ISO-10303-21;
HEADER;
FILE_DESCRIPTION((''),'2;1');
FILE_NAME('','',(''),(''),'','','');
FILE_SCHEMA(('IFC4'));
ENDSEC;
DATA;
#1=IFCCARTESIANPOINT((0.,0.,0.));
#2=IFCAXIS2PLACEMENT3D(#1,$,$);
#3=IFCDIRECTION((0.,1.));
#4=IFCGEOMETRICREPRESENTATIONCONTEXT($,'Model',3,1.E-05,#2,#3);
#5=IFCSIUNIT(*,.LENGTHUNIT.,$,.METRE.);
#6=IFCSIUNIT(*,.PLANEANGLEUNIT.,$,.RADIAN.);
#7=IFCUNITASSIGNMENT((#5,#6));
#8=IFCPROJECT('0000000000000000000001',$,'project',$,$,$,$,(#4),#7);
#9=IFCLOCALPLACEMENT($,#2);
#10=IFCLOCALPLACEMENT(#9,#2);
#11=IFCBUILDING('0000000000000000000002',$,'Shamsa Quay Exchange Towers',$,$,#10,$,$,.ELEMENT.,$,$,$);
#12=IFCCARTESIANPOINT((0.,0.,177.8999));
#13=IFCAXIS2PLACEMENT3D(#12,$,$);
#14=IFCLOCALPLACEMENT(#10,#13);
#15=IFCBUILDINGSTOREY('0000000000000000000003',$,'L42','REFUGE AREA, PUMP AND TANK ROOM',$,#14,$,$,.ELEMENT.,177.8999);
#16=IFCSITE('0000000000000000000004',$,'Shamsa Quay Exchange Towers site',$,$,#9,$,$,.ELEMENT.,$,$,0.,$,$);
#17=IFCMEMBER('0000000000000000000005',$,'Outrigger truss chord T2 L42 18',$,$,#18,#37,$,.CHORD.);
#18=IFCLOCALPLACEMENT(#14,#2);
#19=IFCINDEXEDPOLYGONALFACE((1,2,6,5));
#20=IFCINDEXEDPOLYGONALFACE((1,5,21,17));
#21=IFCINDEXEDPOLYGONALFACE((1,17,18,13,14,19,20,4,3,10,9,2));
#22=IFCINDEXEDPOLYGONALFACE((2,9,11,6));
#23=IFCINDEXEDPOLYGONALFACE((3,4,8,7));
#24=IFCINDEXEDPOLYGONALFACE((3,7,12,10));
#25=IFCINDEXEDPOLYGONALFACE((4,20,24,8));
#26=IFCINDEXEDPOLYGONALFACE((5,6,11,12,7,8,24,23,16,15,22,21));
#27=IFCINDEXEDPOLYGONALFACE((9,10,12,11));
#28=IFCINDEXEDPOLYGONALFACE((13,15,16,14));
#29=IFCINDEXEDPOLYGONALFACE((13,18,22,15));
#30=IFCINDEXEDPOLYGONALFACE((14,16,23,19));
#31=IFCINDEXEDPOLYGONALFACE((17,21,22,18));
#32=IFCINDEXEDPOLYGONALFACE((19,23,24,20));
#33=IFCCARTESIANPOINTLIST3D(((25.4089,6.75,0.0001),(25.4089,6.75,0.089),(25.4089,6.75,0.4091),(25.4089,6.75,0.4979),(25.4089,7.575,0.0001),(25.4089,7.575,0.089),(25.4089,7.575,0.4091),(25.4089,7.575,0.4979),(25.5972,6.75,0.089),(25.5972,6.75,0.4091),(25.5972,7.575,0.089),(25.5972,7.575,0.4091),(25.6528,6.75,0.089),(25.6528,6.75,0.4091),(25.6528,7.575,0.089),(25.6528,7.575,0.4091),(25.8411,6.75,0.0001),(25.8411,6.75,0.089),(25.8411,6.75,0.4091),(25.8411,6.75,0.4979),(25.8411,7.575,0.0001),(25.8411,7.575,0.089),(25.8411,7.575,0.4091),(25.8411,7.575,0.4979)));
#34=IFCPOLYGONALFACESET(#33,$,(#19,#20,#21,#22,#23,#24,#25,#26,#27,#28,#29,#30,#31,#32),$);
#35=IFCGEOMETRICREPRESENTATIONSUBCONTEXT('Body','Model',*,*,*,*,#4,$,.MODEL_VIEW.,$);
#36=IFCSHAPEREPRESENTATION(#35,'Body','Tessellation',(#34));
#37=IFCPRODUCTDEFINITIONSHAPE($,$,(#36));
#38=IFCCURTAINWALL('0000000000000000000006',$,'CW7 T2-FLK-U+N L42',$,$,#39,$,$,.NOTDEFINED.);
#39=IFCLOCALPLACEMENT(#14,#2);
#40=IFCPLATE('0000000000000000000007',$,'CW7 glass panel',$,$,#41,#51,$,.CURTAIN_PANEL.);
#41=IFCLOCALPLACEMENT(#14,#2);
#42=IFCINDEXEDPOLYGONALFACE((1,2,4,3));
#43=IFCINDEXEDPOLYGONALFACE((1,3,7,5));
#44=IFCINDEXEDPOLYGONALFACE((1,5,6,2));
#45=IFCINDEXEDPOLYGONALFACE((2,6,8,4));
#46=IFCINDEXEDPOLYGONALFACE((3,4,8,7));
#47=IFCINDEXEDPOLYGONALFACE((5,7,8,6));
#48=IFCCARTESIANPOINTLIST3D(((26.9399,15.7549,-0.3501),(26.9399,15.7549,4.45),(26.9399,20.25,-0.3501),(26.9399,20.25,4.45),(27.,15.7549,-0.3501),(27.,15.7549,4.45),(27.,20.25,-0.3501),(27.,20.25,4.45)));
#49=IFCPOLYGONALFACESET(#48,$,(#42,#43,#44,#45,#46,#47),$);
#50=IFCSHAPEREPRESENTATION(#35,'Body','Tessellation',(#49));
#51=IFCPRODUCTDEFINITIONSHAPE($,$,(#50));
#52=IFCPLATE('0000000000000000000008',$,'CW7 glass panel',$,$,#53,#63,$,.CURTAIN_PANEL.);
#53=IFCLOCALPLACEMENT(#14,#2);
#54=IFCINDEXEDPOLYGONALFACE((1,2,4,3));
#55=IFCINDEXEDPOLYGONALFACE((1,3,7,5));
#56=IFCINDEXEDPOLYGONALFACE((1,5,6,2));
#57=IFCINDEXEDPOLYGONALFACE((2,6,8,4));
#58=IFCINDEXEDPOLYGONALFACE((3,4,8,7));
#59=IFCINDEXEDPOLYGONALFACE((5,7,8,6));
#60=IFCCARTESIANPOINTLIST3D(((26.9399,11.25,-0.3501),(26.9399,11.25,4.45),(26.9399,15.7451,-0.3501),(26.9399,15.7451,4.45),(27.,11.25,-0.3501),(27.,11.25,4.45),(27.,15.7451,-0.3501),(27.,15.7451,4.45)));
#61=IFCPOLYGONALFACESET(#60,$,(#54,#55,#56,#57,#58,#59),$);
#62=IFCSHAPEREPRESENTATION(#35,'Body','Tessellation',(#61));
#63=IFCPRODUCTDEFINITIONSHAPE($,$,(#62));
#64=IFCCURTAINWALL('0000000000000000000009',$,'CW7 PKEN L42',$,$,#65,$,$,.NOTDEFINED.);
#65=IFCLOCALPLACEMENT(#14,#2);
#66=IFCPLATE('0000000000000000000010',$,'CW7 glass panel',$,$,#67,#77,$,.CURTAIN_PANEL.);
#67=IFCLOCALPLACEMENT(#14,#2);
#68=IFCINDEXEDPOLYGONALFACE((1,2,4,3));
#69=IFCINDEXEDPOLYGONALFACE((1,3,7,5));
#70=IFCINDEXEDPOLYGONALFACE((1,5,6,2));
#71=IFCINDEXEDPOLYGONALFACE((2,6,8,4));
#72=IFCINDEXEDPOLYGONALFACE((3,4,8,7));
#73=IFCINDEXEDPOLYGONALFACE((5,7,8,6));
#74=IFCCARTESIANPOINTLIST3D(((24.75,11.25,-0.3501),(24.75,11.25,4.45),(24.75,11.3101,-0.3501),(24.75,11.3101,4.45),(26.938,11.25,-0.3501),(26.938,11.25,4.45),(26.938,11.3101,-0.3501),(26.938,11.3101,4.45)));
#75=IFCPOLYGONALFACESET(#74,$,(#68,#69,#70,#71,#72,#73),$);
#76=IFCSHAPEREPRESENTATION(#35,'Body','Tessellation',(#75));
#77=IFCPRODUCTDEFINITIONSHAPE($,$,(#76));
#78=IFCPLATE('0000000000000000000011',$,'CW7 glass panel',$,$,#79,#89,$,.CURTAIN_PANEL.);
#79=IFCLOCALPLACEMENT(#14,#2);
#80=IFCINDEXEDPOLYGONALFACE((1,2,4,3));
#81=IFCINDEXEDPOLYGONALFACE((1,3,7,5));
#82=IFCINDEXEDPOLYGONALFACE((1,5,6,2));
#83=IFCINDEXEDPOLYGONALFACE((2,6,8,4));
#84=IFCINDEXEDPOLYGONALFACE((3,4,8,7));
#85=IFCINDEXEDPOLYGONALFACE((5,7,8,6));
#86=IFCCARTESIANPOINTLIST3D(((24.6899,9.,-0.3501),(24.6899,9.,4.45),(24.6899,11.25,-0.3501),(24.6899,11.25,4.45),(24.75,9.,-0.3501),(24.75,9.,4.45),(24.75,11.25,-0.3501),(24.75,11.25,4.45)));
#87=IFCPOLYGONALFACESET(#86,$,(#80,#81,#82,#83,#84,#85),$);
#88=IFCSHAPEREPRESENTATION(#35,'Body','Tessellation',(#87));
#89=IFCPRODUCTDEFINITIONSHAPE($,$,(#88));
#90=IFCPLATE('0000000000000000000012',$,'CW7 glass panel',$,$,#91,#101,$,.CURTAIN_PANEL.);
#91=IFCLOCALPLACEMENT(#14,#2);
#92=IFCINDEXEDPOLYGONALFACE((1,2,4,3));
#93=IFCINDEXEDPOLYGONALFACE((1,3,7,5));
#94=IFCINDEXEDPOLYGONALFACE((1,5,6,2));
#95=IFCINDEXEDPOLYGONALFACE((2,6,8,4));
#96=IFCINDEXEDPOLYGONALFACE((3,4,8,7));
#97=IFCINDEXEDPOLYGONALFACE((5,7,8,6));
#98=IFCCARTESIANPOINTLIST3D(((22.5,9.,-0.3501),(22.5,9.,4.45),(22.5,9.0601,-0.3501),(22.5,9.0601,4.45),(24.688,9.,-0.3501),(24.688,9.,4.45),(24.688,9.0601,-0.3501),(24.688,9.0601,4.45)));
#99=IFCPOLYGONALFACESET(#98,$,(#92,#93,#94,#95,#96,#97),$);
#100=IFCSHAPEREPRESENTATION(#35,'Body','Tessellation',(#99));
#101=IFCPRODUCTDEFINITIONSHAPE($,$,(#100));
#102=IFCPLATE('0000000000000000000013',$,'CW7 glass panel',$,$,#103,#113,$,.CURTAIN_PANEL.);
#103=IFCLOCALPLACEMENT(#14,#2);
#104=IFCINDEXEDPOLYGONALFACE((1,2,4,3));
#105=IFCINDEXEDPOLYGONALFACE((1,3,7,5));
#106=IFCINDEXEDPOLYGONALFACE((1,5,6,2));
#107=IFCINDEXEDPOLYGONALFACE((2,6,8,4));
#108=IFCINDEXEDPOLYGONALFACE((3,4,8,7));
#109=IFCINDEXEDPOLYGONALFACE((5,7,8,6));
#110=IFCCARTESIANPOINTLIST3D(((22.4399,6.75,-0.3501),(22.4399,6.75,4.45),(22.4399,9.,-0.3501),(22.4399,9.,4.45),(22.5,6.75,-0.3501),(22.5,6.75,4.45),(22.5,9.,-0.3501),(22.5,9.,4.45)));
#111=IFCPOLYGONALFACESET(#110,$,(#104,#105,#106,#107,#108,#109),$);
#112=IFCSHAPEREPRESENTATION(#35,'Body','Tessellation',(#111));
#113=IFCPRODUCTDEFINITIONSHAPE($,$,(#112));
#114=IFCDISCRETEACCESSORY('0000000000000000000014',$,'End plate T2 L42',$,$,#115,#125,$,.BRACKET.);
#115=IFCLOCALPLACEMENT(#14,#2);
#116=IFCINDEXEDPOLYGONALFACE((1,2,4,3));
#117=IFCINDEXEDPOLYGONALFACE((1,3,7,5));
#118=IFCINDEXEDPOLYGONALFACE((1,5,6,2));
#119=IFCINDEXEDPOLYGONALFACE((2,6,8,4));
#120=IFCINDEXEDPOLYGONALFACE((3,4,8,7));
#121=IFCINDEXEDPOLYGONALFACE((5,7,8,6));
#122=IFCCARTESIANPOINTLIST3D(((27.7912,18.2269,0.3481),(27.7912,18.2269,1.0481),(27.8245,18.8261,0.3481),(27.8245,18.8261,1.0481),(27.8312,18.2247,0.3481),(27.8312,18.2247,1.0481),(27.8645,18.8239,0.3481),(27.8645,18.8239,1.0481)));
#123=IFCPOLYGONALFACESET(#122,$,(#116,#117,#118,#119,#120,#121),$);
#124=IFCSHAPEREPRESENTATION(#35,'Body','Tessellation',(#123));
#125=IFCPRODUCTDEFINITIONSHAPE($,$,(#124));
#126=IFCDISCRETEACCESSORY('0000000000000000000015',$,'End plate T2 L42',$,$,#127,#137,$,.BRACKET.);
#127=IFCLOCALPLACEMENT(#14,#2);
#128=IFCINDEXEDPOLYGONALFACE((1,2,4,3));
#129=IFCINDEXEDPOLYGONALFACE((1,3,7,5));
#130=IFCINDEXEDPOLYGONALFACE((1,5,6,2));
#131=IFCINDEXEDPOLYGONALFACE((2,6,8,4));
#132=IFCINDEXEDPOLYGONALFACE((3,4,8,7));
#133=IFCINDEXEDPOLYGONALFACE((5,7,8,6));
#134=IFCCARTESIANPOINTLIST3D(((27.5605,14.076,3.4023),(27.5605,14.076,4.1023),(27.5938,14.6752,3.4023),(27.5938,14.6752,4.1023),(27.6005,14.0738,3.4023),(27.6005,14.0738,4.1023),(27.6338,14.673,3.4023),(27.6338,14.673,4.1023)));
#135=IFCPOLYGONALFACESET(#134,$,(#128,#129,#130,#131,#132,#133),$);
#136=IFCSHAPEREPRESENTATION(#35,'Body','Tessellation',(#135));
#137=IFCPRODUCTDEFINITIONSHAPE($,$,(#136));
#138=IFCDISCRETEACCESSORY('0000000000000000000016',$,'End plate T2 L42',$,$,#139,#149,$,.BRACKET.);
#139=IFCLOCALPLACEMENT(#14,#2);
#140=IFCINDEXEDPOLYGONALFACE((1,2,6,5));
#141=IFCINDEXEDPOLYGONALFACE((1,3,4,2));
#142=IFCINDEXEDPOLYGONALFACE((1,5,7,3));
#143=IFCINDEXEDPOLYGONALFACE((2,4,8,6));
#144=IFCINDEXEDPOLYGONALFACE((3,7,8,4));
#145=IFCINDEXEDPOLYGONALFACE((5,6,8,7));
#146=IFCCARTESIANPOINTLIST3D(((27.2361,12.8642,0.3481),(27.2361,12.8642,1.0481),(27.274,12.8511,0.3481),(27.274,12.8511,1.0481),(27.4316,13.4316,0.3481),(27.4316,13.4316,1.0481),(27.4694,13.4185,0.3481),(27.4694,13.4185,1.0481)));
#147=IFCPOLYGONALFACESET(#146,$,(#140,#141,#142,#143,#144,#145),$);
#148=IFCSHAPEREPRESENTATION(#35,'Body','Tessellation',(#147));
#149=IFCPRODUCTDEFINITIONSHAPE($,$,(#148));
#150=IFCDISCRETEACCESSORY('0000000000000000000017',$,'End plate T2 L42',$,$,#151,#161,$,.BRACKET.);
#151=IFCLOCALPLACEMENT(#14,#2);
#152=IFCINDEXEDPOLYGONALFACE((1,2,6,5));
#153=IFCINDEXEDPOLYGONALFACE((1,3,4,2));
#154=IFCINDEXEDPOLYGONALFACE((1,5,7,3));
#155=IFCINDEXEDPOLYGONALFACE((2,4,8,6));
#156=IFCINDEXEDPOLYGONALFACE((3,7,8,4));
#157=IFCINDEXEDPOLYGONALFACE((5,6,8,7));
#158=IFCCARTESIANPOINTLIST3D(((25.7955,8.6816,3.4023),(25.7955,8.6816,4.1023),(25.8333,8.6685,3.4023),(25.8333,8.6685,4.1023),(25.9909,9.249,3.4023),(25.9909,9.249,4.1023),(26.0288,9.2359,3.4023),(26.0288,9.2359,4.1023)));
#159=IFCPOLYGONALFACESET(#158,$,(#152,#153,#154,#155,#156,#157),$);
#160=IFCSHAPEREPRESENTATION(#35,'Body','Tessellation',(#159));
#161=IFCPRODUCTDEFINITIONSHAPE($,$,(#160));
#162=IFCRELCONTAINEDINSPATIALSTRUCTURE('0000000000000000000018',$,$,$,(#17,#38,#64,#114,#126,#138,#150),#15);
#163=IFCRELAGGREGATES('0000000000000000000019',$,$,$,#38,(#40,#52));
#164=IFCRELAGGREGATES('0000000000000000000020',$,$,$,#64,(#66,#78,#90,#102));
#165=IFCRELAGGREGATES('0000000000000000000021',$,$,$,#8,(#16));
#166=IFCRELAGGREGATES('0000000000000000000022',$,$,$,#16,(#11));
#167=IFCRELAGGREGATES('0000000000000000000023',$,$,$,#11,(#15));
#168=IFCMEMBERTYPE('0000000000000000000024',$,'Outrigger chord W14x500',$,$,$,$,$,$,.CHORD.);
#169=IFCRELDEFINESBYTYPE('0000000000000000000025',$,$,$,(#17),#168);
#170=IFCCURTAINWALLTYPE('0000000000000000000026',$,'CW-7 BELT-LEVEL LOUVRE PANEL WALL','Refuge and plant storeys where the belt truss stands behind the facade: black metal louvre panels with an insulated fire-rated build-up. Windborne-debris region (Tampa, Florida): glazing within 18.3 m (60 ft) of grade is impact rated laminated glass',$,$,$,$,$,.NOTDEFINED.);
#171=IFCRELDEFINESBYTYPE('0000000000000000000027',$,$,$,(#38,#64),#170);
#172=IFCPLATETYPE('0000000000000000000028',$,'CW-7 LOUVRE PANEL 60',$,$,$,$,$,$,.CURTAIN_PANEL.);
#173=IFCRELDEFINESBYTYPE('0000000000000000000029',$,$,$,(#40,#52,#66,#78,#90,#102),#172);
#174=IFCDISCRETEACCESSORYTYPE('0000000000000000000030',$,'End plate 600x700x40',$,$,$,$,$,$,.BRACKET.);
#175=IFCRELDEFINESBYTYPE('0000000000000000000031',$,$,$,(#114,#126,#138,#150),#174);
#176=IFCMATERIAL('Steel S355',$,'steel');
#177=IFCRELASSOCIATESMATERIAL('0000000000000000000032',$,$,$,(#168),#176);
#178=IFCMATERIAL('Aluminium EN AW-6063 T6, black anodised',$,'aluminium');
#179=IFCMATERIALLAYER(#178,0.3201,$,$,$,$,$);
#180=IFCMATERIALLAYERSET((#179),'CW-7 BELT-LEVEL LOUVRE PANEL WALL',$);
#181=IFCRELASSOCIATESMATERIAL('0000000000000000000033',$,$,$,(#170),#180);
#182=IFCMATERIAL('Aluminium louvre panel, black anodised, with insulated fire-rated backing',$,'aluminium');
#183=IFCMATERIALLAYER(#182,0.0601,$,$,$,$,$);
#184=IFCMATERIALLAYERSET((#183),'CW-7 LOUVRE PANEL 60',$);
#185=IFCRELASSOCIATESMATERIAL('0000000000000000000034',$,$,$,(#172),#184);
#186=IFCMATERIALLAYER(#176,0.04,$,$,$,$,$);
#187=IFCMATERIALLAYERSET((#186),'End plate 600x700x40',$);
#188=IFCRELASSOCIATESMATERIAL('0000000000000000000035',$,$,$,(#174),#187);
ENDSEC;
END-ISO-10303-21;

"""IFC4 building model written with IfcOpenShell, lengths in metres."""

from ifc_helpers import new_model, si_unit, direction, frame, origin, origin_2d, place, context, subcontext, project, spatial, rectangle, i_section, extrude, material, layer, layer_set, material_profile, profile_set, type_object, element, aggregate, save


model = new_model("IFC4")

# Units and contexts
model_context = context("Model", 3, precision=1e-05, world=origin(), true_north=direction((0.0, 1.0)))
body_context = subcontext(model_context, "Body", "Model", "MODEL_VIEW")
ifc_project = project(units=[si_unit("LENGTHUNIT", "METRE"), si_unit("PLANEANGLEUNIT", "RADIAN")], contexts=[model_context])

# Site, building, storey
site_placement = place(None, origin())
site = spatial("IfcSite", under=ifc_project, at=site_placement, Name="Shamsa Quay Exchange Towers site", CompositionType="ELEMENT", RefElevation=0.0)
building_placement = place(site_placement, origin())
building = spatial("IfcBuilding", under=site, at=building_placement, Name="Shamsa Quay Exchange Towers", CompositionType="ELEMENT")
storey_placement = place(building_placement, frame((0.0, 0.0, 177.8999)))
storey = spatial("IfcBuildingStorey", under=building, at=storey_placement, Name="L42", Description="REFUGE AREA, PUMP AND TANK ROOM", CompositionType="ELEMENT", Elevation=177.8999)

# Member
ifc_material_1 = material(Name="Steel S355", Category="steel")
ifc_material_profile_1 = material_profile(ifc_material_1, i_section(OverallWidth=0.4321, OverallDepth=0.4978, WebThickness=0.0557, FlangeThickness=0.0889, at=origin_2d()), Name="W14x500")
ifc_profile_set_1 = profile_set([ifc_material_profile_1], Name="Steel S355")
member_type_1 = type_object("IfcMemberType", Name="Outrigger chord W14x500", PredefinedType="CHORD", material=ifc_profile_set_1)
member_1_placement = place(storey_placement, frame((25.625, 7.575, 0.249), z_axis=(0.0, -1.0, 0.0), x_axis=(1.0, 0.0, 0.0)))
element("IfcMember", 1, at=member_1_placement, inside=storey, type_object=member_type_1, Name="Outrigger truss chord T2 L42 18", PredefinedType="CHORD", context=body_context, shape_type="SweptSolid", body=[
    extrude(i_section(OverallWidth=0.4321, OverallDepth=0.4978, WebThickness=0.0557, FlangeThickness=0.0889, at=origin_2d()), origin(), (0.0, 0.0, 1.0), 0.825),
])

# Curtain walls, plates
ifc_material_2 = material(Name="Aluminium EN AW-6063 T6, black anodised", Category="aluminium")
ifc_layer_1 = layer(ifc_material_2, 0.3201)
ifc_layer_set_1 = layer_set([ifc_layer_1], Name="CW-7 BELT-LEVEL LOUVRE PANEL WALL")
curtain_wall_type = type_object("IfcCurtainWallType", Name="CW-7 BELT-LEVEL LOUVRE PANEL WALL", Description="Refuge and plant storeys where the belt truss stands behind the facade: black metal louvre panels with an insulated fire-rated build-up. Windborne-debris region (Tampa, Florida): glazing within 18.3 m (60 ft) of grade is impact rated laminated glass", PredefinedType="NOTDEFINED", material=ifc_layer_set_1)
curtain_wall_1_placement = place(storey_placement, origin())
curtain_wall_1 = element("IfcCurtainWall", 2, at=curtain_wall_1_placement, inside=storey, type_object=curtain_wall_type, Name="CW7 T2-FLK-U+N L42", PredefinedType="NOTDEFINED")
ifc_material_3 = material(Name="Aluminium louvre panel, black anodised, with insulated fire-rated backing", Category="aluminium")
ifc_layer_2 = layer(ifc_material_3, 0.0601)
ifc_layer_set_2 = layer_set([ifc_layer_2], Name="CW-7 LOUVRE PANEL 60")
plate_type = type_object("IfcPlateType", Name="CW-7 LOUVRE PANEL 60", PredefinedType="CURTAIN_PANEL", material=ifc_layer_set_2)
plate_1_placement = place(storey_placement, frame((26.97, 18.0024, -0.3501), z_axis=(0.0, 0.0, 1.0), x_axis=(0.0, -1.0, 0.0)))
plate_1 = element("IfcPlate", 3, at=plate_1_placement, type_object=plate_type, Name="CW7 glass panel", PredefinedType="CURTAIN_PANEL", context=body_context, shape_type="SweptSolid", body=[
    extrude(rectangle(XDim=4.4951, YDim=0.0601, at=origin_2d()), origin(), (0.0, 0.0, 1.0), 4.8),
])
plate_2_placement = place(storey_placement, frame((26.97, 13.4976, -0.3501), z_axis=(0.0, 0.0, 1.0), x_axis=(0.0, -1.0, 0.0)))
plate_2 = element("IfcPlate", 4, at=plate_2_placement, type_object=plate_type, Name="CW7 glass panel", PredefinedType="CURTAIN_PANEL", context=body_context, shape_type="SweptSolid", body=[
    extrude(rectangle(XDim=4.4951, YDim=0.0601, at=origin_2d()), origin(), (0.0, 0.0, 1.0), 4.8),
])
aggregate(curtain_wall_1, [plate_1, plate_2])
curtain_wall_2_placement = place(storey_placement, origin())
curtain_wall_2 = element("IfcCurtainWall", 5, at=curtain_wall_2_placement, inside=storey, type_object=curtain_wall_type, Name="CW7 PKEN L42", PredefinedType="NOTDEFINED")
plate_3_placement = place(storey_placement, frame((25.844, 11.28, -0.3501), z_axis=(0.0, 0.0, 1.0), x_axis=(-1.0, 0.0, 0.0)))
plate_3 = element("IfcPlate", 6, at=plate_3_placement, type_object=plate_type, Name="CW7 glass panel", PredefinedType="CURTAIN_PANEL", context=body_context, shape_type="SweptSolid", body=[
    extrude(rectangle(XDim=2.188, YDim=0.0601, at=origin_2d()), origin(), (0.0, 0.0, 1.0), 4.8),
])
plate_4_placement = place(storey_placement, frame((24.72, 10.125, -0.3501), z_axis=(0.0, 0.0, 1.0), x_axis=(0.0, -1.0, 0.0)))
plate_4 = element("IfcPlate", 7, at=plate_4_placement, type_object=plate_type, Name="CW7 glass panel", PredefinedType="CURTAIN_PANEL", context=body_context, shape_type="SweptSolid", body=[
    extrude(rectangle(XDim=2.25, YDim=0.0601, at=origin_2d()), origin(), (0.0, 0.0, 1.0), 4.8),
])
plate_5_placement = place(storey_placement, frame((23.594, 9.03, -0.3501), z_axis=(0.0, 0.0, 1.0), x_axis=(-1.0, 0.0, 0.0)))
plate_5 = element("IfcPlate", 8, at=plate_5_placement, type_object=plate_type, Name="CW7 glass panel", PredefinedType="CURTAIN_PANEL", context=body_context, shape_type="SweptSolid", body=[
    extrude(rectangle(XDim=2.188, YDim=0.0601, at=origin_2d()), origin(), (0.0, 0.0, 1.0), 4.8),
])
plate_6_placement = place(storey_placement, frame((22.47, 7.875, -0.3501), z_axis=(0.0, 0.0, 1.0), x_axis=(0.0, -1.0, 0.0)))
plate_6 = element("IfcPlate", 9, at=plate_6_placement, type_object=plate_type, Name="CW7 glass panel", PredefinedType="CURTAIN_PANEL", context=body_context, shape_type="SweptSolid", body=[
    extrude(rectangle(XDim=2.25, YDim=0.0601, at=origin_2d()), origin(), (0.0, 0.0, 1.0), 4.8),
])
aggregate(curtain_wall_2, [plate_3, plate_4, plate_5, plate_6])

# Discrete accessories
ifc_layer_3 = layer(ifc_material_1, 0.04)
ifc_layer_set_3 = layer_set([ifc_layer_3], Name="End plate 600x700x40")
discrete_accessory_type = type_object("IfcDiscreteAccessoryType", Name="End plate 600x700x40", PredefinedType="BRACKET", material=ifc_layer_set_3)
for number, where, z_axis, x_axis, name in (
    (10, (27.8279, 18.5254, 0.3481), (0.0, 0.0, 1.0), (-0.05547, -0.99846, 0.0), "End plate T2 L42"),
    (11, (27.5972, 14.3745, 3.4023), (0.0, 0.0, 1.0), (-0.05547, -0.99846, 0.0), "End plate T2 L42"),
    (12, (27.3528, 13.1414, 0.3481), (0.0, 0.0, 1.0), (-0.325667, -0.945485, 0.0), "End plate T2 L42"),
    (13, (25.9121, 8.9587, 3.4023), (0.0, 0.0, 1.0), (-0.325667, -0.945485, 0.0), "End plate T2 L42"),
):
    element("IfcDiscreteAccessory", number, at=place(storey_placement, frame(where, z_axis=z_axis, x_axis=x_axis)), inside=storey, type_object=discrete_accessory_type, Name=name, PredefinedType="BRACKET", context=body_context, shape_type="SweptSolid", body=[
        extrude(rectangle(XDim=0.6001, YDim=0.04, at=origin_2d()), origin(), (0.0, 0.0, 1.0), 0.7),
    ])

save(model, "model.ifc")
